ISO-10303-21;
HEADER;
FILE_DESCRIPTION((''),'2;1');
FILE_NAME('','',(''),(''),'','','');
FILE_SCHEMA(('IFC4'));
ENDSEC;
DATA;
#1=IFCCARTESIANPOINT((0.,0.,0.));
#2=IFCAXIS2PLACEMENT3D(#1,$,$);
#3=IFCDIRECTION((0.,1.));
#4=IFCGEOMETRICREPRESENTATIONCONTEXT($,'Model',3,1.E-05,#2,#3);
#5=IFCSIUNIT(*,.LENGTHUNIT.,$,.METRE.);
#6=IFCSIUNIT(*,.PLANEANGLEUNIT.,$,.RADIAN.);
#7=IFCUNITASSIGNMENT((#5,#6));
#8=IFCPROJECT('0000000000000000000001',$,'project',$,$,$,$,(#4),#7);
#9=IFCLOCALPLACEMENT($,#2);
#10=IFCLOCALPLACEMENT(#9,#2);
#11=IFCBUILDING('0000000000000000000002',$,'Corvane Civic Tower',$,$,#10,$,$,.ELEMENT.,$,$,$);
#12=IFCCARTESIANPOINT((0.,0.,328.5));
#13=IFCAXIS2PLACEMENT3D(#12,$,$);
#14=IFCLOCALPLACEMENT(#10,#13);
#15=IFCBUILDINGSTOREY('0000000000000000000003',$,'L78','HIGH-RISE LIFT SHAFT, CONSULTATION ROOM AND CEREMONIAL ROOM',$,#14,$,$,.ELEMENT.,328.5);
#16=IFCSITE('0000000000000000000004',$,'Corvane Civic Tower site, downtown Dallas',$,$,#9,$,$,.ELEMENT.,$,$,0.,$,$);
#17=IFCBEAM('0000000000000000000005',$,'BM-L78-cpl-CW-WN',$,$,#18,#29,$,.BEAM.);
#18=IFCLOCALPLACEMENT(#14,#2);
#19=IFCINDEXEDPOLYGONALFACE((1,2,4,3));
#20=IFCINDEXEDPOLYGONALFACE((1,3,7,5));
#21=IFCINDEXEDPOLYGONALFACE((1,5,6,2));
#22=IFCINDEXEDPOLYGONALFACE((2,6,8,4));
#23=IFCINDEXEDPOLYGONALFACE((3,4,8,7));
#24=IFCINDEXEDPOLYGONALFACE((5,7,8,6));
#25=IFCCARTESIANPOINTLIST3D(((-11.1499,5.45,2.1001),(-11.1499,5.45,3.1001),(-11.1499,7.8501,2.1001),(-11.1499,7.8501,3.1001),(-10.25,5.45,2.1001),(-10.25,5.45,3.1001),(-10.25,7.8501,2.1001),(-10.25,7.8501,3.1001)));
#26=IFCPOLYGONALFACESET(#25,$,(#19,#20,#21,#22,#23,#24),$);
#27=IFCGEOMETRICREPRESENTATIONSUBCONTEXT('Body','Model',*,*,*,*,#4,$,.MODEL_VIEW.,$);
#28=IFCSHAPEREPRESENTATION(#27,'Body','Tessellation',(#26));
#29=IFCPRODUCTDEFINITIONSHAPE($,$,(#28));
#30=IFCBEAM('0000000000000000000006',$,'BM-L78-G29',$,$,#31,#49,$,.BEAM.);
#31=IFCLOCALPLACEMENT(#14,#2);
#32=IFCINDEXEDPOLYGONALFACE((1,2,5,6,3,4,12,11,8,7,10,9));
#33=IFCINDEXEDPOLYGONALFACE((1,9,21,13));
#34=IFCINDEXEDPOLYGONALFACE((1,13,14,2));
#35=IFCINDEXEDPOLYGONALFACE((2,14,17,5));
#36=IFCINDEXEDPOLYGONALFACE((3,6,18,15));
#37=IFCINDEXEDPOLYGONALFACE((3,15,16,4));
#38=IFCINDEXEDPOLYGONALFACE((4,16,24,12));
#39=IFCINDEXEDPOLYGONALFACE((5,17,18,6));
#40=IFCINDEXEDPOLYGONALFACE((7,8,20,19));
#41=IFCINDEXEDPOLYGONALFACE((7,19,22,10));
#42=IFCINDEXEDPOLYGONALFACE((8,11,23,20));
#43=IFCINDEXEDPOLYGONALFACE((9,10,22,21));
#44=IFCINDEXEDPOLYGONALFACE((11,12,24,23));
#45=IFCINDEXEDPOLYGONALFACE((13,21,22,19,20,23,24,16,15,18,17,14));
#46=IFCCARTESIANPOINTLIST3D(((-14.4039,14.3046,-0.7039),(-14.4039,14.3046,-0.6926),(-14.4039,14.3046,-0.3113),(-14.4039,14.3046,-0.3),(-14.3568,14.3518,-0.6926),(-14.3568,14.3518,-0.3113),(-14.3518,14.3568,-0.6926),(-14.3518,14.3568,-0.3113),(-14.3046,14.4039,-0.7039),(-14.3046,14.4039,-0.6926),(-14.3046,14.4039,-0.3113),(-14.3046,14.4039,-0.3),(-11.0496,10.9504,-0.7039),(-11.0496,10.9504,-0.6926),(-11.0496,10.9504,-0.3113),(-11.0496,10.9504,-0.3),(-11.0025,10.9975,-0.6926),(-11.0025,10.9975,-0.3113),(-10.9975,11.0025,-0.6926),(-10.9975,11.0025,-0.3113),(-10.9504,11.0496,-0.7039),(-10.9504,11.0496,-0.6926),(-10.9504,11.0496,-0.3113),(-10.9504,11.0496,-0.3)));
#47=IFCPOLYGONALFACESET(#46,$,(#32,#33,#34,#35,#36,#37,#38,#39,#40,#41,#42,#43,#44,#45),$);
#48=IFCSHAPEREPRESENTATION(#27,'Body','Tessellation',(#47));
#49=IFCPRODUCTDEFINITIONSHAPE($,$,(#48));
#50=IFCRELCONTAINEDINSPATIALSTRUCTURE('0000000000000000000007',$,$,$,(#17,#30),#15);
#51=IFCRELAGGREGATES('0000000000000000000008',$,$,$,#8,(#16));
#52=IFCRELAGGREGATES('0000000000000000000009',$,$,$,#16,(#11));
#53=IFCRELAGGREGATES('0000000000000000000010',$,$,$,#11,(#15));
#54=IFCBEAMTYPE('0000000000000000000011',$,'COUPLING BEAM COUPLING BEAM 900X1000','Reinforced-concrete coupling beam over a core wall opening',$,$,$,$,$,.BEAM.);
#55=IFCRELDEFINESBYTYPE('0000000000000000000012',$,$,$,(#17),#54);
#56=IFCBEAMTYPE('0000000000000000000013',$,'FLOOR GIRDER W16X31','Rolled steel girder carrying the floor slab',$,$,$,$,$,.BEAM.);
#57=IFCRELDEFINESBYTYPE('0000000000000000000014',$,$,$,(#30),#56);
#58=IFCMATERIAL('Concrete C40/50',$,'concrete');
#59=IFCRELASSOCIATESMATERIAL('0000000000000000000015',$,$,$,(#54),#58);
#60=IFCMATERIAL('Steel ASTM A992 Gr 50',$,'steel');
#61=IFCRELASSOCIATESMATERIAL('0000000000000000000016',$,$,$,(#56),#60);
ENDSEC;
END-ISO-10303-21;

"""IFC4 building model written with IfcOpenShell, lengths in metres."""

from ifc_helpers import new_model, si_unit, direction, frame, origin, origin_2d, place, context, subcontext, project, spatial, rectangle, i_section, extrude, material, material_profile, profile_set, type_object, element, save


model = new_model("IFC4")

# Units and contexts
model_context = context("Model", 3, precision=1e-05, world=origin(), true_north=direction((0.0, 1.0)))
body_context = subcontext(model_context, "Body", "Model", "MODEL_VIEW")
ifc_project = project(units=[si_unit("LENGTHUNIT", "METRE"), si_unit("PLANEANGLEUNIT", "RADIAN")], contexts=[model_context])

# Site, building, storey
site_placement = place(None, origin())
site = spatial("IfcSite", under=ifc_project, at=site_placement, Name="Corvane Civic Tower site, downtown Dallas", CompositionType="ELEMENT", RefElevation=0.0)
building_placement = place(site_placement, origin())
building = spatial("IfcBuilding", under=site, at=building_placement, Name="Corvane Civic Tower", CompositionType="ELEMENT")
storey_placement = place(building_placement, frame((0.0, 0.0, 328.5)))
storey = spatial("IfcBuildingStorey", under=building, at=storey_placement, Name="L78", Description="HIGH-RISE LIFT SHAFT, CONSULTATION ROOM AND CEREMONIAL ROOM", CompositionType="ELEMENT", Elevation=328.5)

# Beams
ifc_material_1 = material(Name="Concrete C40/50", Category="concrete")
ifc_material_profile_1 = material_profile(ifc_material_1, rectangle(XDim=0.8999, YDim=1.0, at=origin_2d()), Name="COUPLING BEAM 900X1000")
ifc_profile_set_1 = profile_set([ifc_material_profile_1], Name="Concrete C40/50")
beam_type_1 = type_object("IfcBeamType", Name="COUPLING BEAM COUPLING BEAM 900X1000", Description="Reinforced-concrete coupling beam over a core wall opening", PredefinedType="BEAM", material=ifc_profile_set_1)
beam_1_placement = place(storey_placement, frame((-10.7, 5.45, 2.6001), z_axis=(0.0, 1.0, 0.0), x_axis=(-1.0, 0.0, 0.0)))
element("IfcBeam", 1, at=beam_1_placement, inside=storey, type_object=beam_type_1, Name="BM-L78-cpl-CW-WN", PredefinedType="BEAM", context=body_context, shape_type="SweptSolid", body=[
    extrude(rectangle(XDim=0.8999, YDim=1.0, at=origin_2d()), origin(), (0.0, 0.0, 1.0), 2.4001),
])
ifc_material_2 = material(Name="Steel ASTM A992 Gr 50", Category="steel")
ifc_material_profile_2 = material_profile(ifc_material_2, i_section(OverallWidth=0.1404, OverallDepth=0.4038, WebThickness=0.0071, FlangeThickness=0.0112, at=origin_2d()), Name="W16X31")
ifc_profile_set_2 = profile_set([ifc_material_profile_2], Name="Steel ASTM A992 Gr 50")
beam_type_2 = type_object("IfcBeamType", Name="FLOOR GIRDER W16X31", Description="Rolled steel girder carrying the floor slab", PredefinedType="BEAM", material=ifc_profile_set_2)
beam_2_placement = place(storey_placement, frame((-11.0, 11.0, -0.502), z_axis=(-0.707107, 0.707107, 0.0), x_axis=(-0.707107, -0.707107, 0.0)))
element("IfcBeam", 2, at=beam_2_placement, inside=storey, type_object=beam_type_2, Name="BM-L78-G29", PredefinedType="BEAM", context=body_context, shape_type="SweptSolid", body=[
    extrude(i_section(OverallWidth=0.1404, OverallDepth=0.4038, WebThickness=0.0071, FlangeThickness=0.0112, at=origin_2d()), origin(), (0.0, 0.0, 1.0), 4.7437),
])

save(model, "model.ifc")
